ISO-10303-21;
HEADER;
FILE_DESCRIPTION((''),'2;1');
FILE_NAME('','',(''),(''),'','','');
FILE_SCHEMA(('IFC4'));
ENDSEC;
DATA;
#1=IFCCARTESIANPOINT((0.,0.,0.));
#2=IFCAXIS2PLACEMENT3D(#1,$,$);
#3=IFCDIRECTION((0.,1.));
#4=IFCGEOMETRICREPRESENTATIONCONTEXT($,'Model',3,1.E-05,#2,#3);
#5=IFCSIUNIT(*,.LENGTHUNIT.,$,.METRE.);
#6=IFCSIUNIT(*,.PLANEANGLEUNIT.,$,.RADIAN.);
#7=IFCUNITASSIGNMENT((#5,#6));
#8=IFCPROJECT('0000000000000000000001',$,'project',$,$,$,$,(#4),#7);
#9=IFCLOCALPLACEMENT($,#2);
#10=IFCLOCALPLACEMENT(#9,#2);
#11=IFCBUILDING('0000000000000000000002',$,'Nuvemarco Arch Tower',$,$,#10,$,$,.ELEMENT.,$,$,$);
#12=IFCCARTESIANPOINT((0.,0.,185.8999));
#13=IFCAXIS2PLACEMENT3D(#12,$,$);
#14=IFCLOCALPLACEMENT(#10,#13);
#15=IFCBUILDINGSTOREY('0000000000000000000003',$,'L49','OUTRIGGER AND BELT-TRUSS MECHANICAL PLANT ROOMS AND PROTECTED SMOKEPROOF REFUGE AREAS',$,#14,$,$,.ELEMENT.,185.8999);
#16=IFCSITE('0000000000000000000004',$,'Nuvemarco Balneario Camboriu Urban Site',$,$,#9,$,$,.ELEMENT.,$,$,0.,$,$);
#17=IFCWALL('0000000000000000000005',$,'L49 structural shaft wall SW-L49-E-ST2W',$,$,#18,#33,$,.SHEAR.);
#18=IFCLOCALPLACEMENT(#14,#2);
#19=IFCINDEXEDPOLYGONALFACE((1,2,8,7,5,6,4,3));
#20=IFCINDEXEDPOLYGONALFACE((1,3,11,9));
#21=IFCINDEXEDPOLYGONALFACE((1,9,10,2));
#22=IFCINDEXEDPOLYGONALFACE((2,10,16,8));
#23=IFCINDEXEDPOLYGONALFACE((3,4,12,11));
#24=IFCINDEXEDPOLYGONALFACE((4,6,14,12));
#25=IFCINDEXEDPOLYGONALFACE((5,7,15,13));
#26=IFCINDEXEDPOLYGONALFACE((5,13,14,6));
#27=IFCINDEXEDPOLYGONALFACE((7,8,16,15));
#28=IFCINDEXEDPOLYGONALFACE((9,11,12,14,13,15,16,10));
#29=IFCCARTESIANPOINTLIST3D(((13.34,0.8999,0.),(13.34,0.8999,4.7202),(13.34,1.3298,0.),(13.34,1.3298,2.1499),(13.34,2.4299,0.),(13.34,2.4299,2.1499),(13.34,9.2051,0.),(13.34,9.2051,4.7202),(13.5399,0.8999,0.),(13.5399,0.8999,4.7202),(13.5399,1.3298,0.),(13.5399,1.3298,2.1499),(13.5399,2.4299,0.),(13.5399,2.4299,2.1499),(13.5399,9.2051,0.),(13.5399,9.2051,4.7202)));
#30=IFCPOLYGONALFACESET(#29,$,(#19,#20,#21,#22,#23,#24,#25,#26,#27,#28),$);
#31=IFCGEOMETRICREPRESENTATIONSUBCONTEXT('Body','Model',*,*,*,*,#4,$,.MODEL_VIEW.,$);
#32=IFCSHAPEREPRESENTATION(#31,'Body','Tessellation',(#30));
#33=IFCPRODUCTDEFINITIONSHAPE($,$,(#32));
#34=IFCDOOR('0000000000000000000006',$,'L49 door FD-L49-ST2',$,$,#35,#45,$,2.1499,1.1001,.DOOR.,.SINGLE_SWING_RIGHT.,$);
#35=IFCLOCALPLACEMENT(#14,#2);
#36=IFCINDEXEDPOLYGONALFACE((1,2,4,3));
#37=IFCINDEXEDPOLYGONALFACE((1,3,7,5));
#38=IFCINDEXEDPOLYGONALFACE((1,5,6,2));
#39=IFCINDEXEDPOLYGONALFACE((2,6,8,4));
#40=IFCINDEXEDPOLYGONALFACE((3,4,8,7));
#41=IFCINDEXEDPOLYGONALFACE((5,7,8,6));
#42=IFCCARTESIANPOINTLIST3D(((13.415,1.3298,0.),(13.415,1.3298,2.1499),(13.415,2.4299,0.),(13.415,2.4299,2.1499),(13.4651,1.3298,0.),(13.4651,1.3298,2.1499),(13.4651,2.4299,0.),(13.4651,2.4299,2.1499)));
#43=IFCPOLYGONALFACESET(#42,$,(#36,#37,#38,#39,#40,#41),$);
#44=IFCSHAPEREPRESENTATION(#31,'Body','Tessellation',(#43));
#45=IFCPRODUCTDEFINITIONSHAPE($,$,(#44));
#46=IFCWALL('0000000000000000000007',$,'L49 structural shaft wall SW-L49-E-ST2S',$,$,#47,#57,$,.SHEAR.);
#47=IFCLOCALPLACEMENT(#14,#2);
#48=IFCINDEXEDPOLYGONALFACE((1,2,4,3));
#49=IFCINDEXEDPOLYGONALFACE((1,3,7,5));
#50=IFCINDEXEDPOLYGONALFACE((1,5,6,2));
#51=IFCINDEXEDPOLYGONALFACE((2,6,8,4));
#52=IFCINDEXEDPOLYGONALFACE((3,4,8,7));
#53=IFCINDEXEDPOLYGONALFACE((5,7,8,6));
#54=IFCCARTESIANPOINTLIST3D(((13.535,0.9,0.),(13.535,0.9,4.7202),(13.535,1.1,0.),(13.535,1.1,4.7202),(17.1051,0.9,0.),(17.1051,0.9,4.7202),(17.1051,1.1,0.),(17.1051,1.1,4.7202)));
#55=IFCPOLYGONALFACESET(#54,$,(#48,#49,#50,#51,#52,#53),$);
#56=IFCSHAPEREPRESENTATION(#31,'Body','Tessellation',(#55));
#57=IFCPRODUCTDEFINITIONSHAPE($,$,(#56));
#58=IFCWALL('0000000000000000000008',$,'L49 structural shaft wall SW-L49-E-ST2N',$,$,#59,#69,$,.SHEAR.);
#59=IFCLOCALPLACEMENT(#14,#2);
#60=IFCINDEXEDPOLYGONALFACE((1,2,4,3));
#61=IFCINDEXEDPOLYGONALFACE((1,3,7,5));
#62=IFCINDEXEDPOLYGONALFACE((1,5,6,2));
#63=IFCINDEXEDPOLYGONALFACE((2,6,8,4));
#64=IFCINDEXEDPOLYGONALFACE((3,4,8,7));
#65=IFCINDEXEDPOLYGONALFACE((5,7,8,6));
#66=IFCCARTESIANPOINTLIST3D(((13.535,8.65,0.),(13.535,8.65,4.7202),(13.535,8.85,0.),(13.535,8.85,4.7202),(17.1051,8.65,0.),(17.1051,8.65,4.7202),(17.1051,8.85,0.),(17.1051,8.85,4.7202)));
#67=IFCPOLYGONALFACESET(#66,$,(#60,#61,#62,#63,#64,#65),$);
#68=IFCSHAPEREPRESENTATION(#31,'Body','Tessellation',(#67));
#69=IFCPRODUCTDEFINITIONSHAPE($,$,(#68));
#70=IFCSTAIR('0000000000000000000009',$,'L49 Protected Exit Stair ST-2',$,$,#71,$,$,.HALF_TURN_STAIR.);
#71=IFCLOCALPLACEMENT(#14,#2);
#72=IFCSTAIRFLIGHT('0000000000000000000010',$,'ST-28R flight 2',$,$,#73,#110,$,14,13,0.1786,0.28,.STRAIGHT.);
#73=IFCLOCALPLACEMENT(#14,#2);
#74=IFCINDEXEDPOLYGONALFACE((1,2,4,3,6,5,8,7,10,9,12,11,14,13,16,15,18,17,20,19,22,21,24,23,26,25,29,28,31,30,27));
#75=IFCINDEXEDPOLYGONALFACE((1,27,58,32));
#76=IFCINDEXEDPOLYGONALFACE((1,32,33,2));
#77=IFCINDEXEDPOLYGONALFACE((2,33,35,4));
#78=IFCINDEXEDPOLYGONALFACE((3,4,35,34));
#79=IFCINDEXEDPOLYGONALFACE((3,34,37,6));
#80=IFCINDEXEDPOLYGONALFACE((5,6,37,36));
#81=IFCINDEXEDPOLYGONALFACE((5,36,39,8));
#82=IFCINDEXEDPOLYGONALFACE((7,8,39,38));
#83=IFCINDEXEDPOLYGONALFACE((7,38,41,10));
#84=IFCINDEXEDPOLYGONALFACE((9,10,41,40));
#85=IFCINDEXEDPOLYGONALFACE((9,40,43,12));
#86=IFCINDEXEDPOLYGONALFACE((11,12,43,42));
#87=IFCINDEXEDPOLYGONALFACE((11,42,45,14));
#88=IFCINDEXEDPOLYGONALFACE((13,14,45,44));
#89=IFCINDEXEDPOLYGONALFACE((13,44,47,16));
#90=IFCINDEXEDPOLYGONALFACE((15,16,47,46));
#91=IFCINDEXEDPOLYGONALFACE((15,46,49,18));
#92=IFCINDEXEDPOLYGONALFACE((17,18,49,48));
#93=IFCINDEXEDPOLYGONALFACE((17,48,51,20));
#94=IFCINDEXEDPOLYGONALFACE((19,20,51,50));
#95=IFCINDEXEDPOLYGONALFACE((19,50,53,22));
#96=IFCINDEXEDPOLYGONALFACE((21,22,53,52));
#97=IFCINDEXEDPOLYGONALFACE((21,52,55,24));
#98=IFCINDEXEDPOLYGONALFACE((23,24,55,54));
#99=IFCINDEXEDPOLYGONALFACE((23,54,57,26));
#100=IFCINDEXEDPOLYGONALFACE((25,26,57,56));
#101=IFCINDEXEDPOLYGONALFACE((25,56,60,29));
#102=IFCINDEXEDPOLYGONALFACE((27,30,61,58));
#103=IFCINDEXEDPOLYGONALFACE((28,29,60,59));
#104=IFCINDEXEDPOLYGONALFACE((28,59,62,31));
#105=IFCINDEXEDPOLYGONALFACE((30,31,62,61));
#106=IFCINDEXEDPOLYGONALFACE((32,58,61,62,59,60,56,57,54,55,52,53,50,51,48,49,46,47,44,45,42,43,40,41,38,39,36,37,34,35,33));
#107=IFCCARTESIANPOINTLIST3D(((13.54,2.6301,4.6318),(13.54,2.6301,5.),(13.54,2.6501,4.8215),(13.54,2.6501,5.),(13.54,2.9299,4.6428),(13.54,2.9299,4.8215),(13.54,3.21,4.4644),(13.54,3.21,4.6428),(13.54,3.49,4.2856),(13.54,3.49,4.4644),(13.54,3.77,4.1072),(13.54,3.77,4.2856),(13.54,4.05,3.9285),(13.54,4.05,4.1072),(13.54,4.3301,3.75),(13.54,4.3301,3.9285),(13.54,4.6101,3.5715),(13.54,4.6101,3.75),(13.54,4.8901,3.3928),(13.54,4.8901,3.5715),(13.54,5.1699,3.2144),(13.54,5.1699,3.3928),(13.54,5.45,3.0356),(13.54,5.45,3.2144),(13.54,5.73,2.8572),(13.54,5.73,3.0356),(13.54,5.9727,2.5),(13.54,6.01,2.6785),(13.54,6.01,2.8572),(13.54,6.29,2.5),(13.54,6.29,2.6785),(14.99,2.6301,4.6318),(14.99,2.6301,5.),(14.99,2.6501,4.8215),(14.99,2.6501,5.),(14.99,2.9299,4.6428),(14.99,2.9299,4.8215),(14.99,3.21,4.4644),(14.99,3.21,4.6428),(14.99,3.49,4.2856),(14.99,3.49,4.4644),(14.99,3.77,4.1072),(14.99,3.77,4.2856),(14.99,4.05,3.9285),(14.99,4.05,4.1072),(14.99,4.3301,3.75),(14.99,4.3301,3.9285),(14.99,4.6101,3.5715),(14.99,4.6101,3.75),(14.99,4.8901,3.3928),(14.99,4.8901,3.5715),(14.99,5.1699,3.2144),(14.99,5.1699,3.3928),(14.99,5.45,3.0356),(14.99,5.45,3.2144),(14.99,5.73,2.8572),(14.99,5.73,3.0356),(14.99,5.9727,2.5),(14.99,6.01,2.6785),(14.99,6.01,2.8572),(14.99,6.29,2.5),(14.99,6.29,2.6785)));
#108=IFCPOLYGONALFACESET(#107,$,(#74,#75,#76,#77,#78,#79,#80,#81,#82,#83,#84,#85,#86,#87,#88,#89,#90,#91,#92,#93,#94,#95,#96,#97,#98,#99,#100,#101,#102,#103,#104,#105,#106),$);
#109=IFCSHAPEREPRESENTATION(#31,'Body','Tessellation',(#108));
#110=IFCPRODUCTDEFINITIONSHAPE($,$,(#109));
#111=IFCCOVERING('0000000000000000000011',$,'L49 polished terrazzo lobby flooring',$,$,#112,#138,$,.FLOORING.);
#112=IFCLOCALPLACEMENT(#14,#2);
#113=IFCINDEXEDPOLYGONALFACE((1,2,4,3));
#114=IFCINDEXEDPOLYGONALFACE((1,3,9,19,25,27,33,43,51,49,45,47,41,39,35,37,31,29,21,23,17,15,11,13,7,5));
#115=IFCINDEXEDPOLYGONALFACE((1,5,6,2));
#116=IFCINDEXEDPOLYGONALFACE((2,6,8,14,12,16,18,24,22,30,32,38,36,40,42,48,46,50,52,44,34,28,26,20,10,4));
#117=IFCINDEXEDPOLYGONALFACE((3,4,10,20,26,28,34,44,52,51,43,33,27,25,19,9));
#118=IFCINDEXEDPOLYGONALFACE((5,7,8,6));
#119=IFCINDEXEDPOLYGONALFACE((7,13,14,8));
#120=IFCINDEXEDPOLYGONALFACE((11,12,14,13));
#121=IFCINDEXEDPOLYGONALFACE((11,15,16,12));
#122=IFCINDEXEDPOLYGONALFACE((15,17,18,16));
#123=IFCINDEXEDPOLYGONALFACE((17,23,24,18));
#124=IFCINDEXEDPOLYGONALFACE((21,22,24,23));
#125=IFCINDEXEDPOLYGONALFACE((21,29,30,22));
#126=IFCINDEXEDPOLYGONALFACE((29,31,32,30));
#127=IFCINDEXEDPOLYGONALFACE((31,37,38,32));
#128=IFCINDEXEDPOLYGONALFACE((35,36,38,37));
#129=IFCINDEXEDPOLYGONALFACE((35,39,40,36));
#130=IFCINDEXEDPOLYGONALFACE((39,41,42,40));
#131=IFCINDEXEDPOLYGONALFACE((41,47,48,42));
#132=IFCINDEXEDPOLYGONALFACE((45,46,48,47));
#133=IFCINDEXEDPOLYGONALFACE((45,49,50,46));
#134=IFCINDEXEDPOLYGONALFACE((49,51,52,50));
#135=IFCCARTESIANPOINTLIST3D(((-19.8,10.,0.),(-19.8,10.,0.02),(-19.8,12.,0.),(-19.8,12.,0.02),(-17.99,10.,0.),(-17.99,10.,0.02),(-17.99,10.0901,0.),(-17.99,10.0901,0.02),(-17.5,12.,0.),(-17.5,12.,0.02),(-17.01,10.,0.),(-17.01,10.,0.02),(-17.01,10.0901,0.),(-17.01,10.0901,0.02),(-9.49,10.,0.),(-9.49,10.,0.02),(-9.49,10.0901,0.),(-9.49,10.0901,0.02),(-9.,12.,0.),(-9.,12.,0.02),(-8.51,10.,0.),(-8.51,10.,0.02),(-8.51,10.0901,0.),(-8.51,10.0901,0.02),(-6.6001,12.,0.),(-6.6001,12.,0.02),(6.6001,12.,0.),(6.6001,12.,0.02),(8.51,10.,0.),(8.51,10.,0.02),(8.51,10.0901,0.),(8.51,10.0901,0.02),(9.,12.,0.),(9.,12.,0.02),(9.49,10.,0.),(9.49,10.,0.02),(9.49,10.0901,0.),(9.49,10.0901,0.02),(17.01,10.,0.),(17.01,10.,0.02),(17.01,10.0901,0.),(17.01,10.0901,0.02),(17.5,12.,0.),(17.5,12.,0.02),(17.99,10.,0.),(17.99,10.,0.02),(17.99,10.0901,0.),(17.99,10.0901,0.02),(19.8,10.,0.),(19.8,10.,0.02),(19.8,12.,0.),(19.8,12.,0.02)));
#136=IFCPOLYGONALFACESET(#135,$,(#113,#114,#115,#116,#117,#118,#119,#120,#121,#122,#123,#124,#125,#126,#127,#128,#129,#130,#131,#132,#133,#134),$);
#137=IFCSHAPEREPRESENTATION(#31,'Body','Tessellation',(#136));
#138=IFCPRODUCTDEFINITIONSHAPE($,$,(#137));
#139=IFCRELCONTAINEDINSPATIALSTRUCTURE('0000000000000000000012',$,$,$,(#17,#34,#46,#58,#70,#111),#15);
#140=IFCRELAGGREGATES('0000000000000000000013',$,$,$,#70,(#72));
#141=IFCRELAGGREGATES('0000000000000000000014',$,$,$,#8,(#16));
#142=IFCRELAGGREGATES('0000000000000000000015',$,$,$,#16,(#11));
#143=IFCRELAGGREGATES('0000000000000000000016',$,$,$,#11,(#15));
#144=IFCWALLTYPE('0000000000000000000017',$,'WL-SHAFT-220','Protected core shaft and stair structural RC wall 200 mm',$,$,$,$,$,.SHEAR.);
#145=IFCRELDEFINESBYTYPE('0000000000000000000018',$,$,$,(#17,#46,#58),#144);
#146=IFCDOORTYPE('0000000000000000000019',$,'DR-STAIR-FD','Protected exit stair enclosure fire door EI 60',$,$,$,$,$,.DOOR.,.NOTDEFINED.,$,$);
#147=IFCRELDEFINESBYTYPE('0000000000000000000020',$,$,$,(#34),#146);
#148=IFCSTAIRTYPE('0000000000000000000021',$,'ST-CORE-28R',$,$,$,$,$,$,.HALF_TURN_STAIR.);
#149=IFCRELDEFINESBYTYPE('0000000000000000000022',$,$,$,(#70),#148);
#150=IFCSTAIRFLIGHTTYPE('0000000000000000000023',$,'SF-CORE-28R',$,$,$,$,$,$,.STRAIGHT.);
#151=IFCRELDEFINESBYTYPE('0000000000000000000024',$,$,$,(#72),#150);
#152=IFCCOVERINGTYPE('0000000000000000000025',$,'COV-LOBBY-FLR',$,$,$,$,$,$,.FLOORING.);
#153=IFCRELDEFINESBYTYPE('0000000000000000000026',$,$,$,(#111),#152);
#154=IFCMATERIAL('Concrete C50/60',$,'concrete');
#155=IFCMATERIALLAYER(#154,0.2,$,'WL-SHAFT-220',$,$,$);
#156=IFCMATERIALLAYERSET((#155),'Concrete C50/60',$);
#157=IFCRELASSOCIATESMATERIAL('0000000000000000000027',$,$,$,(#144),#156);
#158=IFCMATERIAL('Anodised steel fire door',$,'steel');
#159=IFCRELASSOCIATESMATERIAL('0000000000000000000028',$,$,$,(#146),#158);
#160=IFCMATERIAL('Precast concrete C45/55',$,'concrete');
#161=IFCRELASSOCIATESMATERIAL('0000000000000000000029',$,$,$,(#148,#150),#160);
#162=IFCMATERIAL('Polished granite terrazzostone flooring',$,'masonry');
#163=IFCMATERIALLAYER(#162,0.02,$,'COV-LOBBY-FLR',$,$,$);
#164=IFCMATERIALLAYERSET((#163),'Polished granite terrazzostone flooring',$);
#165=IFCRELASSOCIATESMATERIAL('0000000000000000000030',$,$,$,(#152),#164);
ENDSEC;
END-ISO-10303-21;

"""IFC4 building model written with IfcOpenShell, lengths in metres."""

from ifc_helpers import new_model, si_unit, direction, frame, frame_2d, origin, place, context, subcontext, project, spatial, polyline, rectangle, outline, extrude, source, transform, mapped, material, layer, layer_set, type_object, type_shapes, element, fill, aggregate, save


model = new_model("IFC4")

# Units and contexts
model_context = context("Model", 3, precision=1e-05, world=origin(), true_north=direction((0.0, 1.0)))
body_context = subcontext(model_context, "Body", "Model", "MODEL_VIEW")
ifc_project = project(units=[si_unit("LENGTHUNIT", "METRE"), si_unit("PLANEANGLEUNIT", "RADIAN")], contexts=[model_context])

# Site, building, storey
site_placement = place(None, origin())
site = spatial("IfcSite", under=ifc_project, at=site_placement, Name="Nuvemarco Balneario Camboriu Urban Site", CompositionType="ELEMENT", RefElevation=0.0)
building_placement = place(site_placement, origin())
building = spatial("IfcBuilding", under=site, at=building_placement, Name="Nuvemarco Arch Tower", CompositionType="ELEMENT")
storey_placement = place(building_placement, frame((0.0, 0.0, 185.8999)))
storey = spatial("IfcBuildingStorey", under=building, at=storey_placement, Name="L49", Description="OUTRIGGER AND BELT-TRUSS MECHANICAL PLANT ROOMS AND PROTECTED SMOKEPROOF REFUGE AREAS", CompositionType="ELEMENT", Elevation=185.8999)

# Shared definitions
ifc_material_1 = material(Name="Concrete C50/60", Category="concrete")

# Shared definitions
ifc_material_2 = material(Name="Anodised steel fire door", Category="steel")

# Shared definitions
ifc_material_3 = material(Name="Precast concrete C45/55", Category="concrete")

# Wall, opening, door
ifc_layer_1 = layer(ifc_material_1, 0.2, Name="WL-SHAFT-220")
ifc_layer_set_1 = layer_set([ifc_layer_1], Name="Concrete C50/60")
wall_type_1 = type_object("IfcWallType", Name="WL-SHAFT-220", Description="Protected core shaft and stair structural RC wall 200 mm", PredefinedType="SHEAR", material=ifc_layer_set_1)
wall_1_placement = place(storey_placement, frame((13.4399, 0.8999, 0.0), z_axis=(0.0, 0.0, 1.0), x_axis=(0.0, 1.0, 0.0)))
wall_1 = element("IfcWall", 1, at=wall_1_placement, inside=storey, type_object=wall_type_1, Name="L49 structural shaft wall SW-L49-E-ST2W", PredefinedType="SHEAR", context=body_context, shape_type="SweptSolid", body=[
    extrude(rectangle(XDim=8.3052, YDim=0.2, at=frame_2d((4.1526, 0.0))), origin(), (0.0, 0.0, 1.0), 4.7202),
])
opening_1_placement = place(wall_1_placement, frame((0.4299, 0.0, 0.0)))
opening_1 = element("IfcOpeningElement", 2, at=opening_1_placement, cuts=wall_1, PredefinedType="OPENING", context=body_context, shape_type="SweptSolid", body=[
    extrude(rectangle(XDim=1.1001, YDim=2.1499, at=frame_2d((0.55, 1.075))), frame((0.0, 0.1099, 0.0), z_axis=(0.0, -1.0, 0.0), x_axis=(1.0, 0.0, 0.0)), (0.0, 0.0, 1.0), 0.22),
])
door_type_1 = type_object("IfcDoorType", Name="DR-STAIR-FD", Description="Protected exit stair enclosure fire door EI 60", OperationType="NOTDEFINED", PredefinedType="DOOR", material=ifc_material_2)
shared_shape_1 = source(origin(), body_context, "Body", "SweptSolid", [
    extrude(rectangle(XDim=1.1001, YDim=2.1499, at=frame_2d((0.55, 1.075))), frame((0.0, 0.0249, 0.0), z_axis=(0.0, -1.0, 0.0), x_axis=(1.0, 0.0, 0.0)), (0.0, 0.0, 1.0), 0.05),
])
type_shapes(door_type_1, [shared_shape_1])
door_1_placement = place(opening_1_placement, origin())
door_1 = element("IfcDoor", 3, at=door_1_placement, inside=storey, type_object=door_type_1, Name="L49 door FD-L49-ST2", OperationType="SINGLE_SWING_RIGHT", OverallHeight=2.1499, OverallWidth=1.1001, PredefinedType="DOOR", context=body_context, shape_type="MappedRepresentation", body=[
    mapped(shared_shape_1, transform((0.0, 0.0, 0.0), scale=1.0)),
])
fill(opening_1, door_1)

# Walls
for number, where, z_axis, x_axis, name in (
    (4, (13.5349, 1.0, 0.0), (0.0, 0.0, 1.0), (1.0, 0.0, 0.0), "L49 structural shaft wall SW-L49-E-ST2S"),
    (5, (13.5349, 8.75, 0.0), (0.0, 0.0, 1.0), (1.0, 0.0, 0.0), "L49 structural shaft wall SW-L49-E-ST2N"),
):
    element("IfcWall", number, at=place(storey_placement, frame(where, z_axis=z_axis, x_axis=x_axis)), inside=storey, type_object=wall_type_1, Name=name, PredefinedType="SHEAR", context=body_context, shape_type="SweptSolid", body=[
        extrude(rectangle(XDim=3.5701, YDim=0.2, at=frame_2d((1.7852, 0.0))), origin(), (0.0, 0.0, 1.0), 4.7202),
    ])

# Stair, stair flight
stair_type = type_object("IfcStairType", Name="ST-CORE-28R", PredefinedType="HALF_TURN_STAIR", material=ifc_material_3)
stair_placement = place(storey_placement, origin())
stair = element("IfcStair", 6, at=stair_placement, inside=storey, type_object=stair_type, Name="L49 Protected Exit Stair ST-2", PredefinedType="HALF_TURN_STAIR")
stair_flight_type = type_object("IfcStairFlightType", Name="SF-CORE-28R", PredefinedType="STRAIGHT", material=ifc_material_3)
stair_flight_placement = place(storey_placement, frame((14.2649, 6.29, 2.5), z_axis=(0.0, 0.0, 1.0), x_axis=(0.0, -1.0, 0.0)))
stair_flight = element("IfcStairFlight", 7, at=stair_flight_placement, type_object=stair_flight_type, Name="ST-28R flight 2", NumberOfRisers=14, NumberOfTreads=13, PredefinedType="STRAIGHT", RiserHeight=0.1786, TreadLength=0.28, context=body_context, shape_type="SweptSolid", body=[
    extrude(outline(polyline([(0.0, 0.0), (0.0, 0.1785), (0.28, 0.1785), (0.28, 0.3572), (0.5601, 0.3572), (0.5601, 0.5356), (0.8401, 0.5356), (0.8401, 0.7144), (1.1201, 0.7144), (1.1201, 0.8928), (1.3999, 0.8928), (1.3999, 1.0715), (1.6799, 1.0715), (1.6799, 1.25), (1.96, 1.25), (1.96, 1.4285), (2.24, 1.4285), (2.24, 1.6072), (2.52, 1.6072), (2.52, 1.7856), (2.8, 1.7856), (2.8, 1.9644), (3.0801, 1.9644), (3.0801, 2.1428), (3.3601, 2.1428), (3.3601, 2.3215), (3.6399, 2.3215), (3.6399, 2.5), (3.6599, 2.5), (3.6599, 2.1318), (0.3174, 0.0), (0.0, 0.0)])), frame((0.0, 0.7251, 0.0), z_axis=(0.0, -1.0, 0.0), x_axis=(1.0, 0.0, 0.0)), (0.0, 0.0, 1.0), 1.45),
])
aggregate(stair, [stair_flight])

# Covering
ifc_material_4 = material(Name="Polished granite terrazzostone flooring", Category="masonry")
ifc_layer_2 = layer(ifc_material_4, 0.02, Name="COV-LOBBY-FLR")
ifc_layer_set_2 = layer_set([ifc_layer_2], Name="Polished granite terrazzostone flooring")
covering_type = type_object("IfcCoveringType", Name="COV-LOBBY-FLR", PredefinedType="FLOORING", material=ifc_layer_set_2)
covering_placement = place(storey_placement, origin())
element("IfcCovering", 8, at=covering_placement, inside=storey, type_object=covering_type, Name="L49 polished terrazzo lobby flooring", PredefinedType="FLOORING", context=body_context, shape_type="SweptSolid", body=[
    extrude(outline(polyline([(-19.8, 12.0), (-17.5, 12.0), (-9.0, 12.0), (-6.6001, 12.0), (6.6001, 12.0), (9.0, 12.0), (17.5, 12.0), (19.8, 12.0), (19.8, 10.0), (17.99, 10.0), (17.99, 10.0901), (17.01, 10.0901), (17.01, 10.0), (9.49, 10.0), (9.49, 10.0901), (8.51, 10.0901), (8.51, 10.0), (-8.51, 10.0), (-8.51, 10.0901), (-9.49, 10.0901), (-9.49, 10.0), (-17.01, 10.0), (-17.01, 10.0901), (-17.99, 10.0901), (-17.99, 10.0), (-19.8, 10.0), (-19.8, 12.0)])), origin(), (0.0, 0.0, 1.0), 0.02),
])

save(model, "model.ifc")
